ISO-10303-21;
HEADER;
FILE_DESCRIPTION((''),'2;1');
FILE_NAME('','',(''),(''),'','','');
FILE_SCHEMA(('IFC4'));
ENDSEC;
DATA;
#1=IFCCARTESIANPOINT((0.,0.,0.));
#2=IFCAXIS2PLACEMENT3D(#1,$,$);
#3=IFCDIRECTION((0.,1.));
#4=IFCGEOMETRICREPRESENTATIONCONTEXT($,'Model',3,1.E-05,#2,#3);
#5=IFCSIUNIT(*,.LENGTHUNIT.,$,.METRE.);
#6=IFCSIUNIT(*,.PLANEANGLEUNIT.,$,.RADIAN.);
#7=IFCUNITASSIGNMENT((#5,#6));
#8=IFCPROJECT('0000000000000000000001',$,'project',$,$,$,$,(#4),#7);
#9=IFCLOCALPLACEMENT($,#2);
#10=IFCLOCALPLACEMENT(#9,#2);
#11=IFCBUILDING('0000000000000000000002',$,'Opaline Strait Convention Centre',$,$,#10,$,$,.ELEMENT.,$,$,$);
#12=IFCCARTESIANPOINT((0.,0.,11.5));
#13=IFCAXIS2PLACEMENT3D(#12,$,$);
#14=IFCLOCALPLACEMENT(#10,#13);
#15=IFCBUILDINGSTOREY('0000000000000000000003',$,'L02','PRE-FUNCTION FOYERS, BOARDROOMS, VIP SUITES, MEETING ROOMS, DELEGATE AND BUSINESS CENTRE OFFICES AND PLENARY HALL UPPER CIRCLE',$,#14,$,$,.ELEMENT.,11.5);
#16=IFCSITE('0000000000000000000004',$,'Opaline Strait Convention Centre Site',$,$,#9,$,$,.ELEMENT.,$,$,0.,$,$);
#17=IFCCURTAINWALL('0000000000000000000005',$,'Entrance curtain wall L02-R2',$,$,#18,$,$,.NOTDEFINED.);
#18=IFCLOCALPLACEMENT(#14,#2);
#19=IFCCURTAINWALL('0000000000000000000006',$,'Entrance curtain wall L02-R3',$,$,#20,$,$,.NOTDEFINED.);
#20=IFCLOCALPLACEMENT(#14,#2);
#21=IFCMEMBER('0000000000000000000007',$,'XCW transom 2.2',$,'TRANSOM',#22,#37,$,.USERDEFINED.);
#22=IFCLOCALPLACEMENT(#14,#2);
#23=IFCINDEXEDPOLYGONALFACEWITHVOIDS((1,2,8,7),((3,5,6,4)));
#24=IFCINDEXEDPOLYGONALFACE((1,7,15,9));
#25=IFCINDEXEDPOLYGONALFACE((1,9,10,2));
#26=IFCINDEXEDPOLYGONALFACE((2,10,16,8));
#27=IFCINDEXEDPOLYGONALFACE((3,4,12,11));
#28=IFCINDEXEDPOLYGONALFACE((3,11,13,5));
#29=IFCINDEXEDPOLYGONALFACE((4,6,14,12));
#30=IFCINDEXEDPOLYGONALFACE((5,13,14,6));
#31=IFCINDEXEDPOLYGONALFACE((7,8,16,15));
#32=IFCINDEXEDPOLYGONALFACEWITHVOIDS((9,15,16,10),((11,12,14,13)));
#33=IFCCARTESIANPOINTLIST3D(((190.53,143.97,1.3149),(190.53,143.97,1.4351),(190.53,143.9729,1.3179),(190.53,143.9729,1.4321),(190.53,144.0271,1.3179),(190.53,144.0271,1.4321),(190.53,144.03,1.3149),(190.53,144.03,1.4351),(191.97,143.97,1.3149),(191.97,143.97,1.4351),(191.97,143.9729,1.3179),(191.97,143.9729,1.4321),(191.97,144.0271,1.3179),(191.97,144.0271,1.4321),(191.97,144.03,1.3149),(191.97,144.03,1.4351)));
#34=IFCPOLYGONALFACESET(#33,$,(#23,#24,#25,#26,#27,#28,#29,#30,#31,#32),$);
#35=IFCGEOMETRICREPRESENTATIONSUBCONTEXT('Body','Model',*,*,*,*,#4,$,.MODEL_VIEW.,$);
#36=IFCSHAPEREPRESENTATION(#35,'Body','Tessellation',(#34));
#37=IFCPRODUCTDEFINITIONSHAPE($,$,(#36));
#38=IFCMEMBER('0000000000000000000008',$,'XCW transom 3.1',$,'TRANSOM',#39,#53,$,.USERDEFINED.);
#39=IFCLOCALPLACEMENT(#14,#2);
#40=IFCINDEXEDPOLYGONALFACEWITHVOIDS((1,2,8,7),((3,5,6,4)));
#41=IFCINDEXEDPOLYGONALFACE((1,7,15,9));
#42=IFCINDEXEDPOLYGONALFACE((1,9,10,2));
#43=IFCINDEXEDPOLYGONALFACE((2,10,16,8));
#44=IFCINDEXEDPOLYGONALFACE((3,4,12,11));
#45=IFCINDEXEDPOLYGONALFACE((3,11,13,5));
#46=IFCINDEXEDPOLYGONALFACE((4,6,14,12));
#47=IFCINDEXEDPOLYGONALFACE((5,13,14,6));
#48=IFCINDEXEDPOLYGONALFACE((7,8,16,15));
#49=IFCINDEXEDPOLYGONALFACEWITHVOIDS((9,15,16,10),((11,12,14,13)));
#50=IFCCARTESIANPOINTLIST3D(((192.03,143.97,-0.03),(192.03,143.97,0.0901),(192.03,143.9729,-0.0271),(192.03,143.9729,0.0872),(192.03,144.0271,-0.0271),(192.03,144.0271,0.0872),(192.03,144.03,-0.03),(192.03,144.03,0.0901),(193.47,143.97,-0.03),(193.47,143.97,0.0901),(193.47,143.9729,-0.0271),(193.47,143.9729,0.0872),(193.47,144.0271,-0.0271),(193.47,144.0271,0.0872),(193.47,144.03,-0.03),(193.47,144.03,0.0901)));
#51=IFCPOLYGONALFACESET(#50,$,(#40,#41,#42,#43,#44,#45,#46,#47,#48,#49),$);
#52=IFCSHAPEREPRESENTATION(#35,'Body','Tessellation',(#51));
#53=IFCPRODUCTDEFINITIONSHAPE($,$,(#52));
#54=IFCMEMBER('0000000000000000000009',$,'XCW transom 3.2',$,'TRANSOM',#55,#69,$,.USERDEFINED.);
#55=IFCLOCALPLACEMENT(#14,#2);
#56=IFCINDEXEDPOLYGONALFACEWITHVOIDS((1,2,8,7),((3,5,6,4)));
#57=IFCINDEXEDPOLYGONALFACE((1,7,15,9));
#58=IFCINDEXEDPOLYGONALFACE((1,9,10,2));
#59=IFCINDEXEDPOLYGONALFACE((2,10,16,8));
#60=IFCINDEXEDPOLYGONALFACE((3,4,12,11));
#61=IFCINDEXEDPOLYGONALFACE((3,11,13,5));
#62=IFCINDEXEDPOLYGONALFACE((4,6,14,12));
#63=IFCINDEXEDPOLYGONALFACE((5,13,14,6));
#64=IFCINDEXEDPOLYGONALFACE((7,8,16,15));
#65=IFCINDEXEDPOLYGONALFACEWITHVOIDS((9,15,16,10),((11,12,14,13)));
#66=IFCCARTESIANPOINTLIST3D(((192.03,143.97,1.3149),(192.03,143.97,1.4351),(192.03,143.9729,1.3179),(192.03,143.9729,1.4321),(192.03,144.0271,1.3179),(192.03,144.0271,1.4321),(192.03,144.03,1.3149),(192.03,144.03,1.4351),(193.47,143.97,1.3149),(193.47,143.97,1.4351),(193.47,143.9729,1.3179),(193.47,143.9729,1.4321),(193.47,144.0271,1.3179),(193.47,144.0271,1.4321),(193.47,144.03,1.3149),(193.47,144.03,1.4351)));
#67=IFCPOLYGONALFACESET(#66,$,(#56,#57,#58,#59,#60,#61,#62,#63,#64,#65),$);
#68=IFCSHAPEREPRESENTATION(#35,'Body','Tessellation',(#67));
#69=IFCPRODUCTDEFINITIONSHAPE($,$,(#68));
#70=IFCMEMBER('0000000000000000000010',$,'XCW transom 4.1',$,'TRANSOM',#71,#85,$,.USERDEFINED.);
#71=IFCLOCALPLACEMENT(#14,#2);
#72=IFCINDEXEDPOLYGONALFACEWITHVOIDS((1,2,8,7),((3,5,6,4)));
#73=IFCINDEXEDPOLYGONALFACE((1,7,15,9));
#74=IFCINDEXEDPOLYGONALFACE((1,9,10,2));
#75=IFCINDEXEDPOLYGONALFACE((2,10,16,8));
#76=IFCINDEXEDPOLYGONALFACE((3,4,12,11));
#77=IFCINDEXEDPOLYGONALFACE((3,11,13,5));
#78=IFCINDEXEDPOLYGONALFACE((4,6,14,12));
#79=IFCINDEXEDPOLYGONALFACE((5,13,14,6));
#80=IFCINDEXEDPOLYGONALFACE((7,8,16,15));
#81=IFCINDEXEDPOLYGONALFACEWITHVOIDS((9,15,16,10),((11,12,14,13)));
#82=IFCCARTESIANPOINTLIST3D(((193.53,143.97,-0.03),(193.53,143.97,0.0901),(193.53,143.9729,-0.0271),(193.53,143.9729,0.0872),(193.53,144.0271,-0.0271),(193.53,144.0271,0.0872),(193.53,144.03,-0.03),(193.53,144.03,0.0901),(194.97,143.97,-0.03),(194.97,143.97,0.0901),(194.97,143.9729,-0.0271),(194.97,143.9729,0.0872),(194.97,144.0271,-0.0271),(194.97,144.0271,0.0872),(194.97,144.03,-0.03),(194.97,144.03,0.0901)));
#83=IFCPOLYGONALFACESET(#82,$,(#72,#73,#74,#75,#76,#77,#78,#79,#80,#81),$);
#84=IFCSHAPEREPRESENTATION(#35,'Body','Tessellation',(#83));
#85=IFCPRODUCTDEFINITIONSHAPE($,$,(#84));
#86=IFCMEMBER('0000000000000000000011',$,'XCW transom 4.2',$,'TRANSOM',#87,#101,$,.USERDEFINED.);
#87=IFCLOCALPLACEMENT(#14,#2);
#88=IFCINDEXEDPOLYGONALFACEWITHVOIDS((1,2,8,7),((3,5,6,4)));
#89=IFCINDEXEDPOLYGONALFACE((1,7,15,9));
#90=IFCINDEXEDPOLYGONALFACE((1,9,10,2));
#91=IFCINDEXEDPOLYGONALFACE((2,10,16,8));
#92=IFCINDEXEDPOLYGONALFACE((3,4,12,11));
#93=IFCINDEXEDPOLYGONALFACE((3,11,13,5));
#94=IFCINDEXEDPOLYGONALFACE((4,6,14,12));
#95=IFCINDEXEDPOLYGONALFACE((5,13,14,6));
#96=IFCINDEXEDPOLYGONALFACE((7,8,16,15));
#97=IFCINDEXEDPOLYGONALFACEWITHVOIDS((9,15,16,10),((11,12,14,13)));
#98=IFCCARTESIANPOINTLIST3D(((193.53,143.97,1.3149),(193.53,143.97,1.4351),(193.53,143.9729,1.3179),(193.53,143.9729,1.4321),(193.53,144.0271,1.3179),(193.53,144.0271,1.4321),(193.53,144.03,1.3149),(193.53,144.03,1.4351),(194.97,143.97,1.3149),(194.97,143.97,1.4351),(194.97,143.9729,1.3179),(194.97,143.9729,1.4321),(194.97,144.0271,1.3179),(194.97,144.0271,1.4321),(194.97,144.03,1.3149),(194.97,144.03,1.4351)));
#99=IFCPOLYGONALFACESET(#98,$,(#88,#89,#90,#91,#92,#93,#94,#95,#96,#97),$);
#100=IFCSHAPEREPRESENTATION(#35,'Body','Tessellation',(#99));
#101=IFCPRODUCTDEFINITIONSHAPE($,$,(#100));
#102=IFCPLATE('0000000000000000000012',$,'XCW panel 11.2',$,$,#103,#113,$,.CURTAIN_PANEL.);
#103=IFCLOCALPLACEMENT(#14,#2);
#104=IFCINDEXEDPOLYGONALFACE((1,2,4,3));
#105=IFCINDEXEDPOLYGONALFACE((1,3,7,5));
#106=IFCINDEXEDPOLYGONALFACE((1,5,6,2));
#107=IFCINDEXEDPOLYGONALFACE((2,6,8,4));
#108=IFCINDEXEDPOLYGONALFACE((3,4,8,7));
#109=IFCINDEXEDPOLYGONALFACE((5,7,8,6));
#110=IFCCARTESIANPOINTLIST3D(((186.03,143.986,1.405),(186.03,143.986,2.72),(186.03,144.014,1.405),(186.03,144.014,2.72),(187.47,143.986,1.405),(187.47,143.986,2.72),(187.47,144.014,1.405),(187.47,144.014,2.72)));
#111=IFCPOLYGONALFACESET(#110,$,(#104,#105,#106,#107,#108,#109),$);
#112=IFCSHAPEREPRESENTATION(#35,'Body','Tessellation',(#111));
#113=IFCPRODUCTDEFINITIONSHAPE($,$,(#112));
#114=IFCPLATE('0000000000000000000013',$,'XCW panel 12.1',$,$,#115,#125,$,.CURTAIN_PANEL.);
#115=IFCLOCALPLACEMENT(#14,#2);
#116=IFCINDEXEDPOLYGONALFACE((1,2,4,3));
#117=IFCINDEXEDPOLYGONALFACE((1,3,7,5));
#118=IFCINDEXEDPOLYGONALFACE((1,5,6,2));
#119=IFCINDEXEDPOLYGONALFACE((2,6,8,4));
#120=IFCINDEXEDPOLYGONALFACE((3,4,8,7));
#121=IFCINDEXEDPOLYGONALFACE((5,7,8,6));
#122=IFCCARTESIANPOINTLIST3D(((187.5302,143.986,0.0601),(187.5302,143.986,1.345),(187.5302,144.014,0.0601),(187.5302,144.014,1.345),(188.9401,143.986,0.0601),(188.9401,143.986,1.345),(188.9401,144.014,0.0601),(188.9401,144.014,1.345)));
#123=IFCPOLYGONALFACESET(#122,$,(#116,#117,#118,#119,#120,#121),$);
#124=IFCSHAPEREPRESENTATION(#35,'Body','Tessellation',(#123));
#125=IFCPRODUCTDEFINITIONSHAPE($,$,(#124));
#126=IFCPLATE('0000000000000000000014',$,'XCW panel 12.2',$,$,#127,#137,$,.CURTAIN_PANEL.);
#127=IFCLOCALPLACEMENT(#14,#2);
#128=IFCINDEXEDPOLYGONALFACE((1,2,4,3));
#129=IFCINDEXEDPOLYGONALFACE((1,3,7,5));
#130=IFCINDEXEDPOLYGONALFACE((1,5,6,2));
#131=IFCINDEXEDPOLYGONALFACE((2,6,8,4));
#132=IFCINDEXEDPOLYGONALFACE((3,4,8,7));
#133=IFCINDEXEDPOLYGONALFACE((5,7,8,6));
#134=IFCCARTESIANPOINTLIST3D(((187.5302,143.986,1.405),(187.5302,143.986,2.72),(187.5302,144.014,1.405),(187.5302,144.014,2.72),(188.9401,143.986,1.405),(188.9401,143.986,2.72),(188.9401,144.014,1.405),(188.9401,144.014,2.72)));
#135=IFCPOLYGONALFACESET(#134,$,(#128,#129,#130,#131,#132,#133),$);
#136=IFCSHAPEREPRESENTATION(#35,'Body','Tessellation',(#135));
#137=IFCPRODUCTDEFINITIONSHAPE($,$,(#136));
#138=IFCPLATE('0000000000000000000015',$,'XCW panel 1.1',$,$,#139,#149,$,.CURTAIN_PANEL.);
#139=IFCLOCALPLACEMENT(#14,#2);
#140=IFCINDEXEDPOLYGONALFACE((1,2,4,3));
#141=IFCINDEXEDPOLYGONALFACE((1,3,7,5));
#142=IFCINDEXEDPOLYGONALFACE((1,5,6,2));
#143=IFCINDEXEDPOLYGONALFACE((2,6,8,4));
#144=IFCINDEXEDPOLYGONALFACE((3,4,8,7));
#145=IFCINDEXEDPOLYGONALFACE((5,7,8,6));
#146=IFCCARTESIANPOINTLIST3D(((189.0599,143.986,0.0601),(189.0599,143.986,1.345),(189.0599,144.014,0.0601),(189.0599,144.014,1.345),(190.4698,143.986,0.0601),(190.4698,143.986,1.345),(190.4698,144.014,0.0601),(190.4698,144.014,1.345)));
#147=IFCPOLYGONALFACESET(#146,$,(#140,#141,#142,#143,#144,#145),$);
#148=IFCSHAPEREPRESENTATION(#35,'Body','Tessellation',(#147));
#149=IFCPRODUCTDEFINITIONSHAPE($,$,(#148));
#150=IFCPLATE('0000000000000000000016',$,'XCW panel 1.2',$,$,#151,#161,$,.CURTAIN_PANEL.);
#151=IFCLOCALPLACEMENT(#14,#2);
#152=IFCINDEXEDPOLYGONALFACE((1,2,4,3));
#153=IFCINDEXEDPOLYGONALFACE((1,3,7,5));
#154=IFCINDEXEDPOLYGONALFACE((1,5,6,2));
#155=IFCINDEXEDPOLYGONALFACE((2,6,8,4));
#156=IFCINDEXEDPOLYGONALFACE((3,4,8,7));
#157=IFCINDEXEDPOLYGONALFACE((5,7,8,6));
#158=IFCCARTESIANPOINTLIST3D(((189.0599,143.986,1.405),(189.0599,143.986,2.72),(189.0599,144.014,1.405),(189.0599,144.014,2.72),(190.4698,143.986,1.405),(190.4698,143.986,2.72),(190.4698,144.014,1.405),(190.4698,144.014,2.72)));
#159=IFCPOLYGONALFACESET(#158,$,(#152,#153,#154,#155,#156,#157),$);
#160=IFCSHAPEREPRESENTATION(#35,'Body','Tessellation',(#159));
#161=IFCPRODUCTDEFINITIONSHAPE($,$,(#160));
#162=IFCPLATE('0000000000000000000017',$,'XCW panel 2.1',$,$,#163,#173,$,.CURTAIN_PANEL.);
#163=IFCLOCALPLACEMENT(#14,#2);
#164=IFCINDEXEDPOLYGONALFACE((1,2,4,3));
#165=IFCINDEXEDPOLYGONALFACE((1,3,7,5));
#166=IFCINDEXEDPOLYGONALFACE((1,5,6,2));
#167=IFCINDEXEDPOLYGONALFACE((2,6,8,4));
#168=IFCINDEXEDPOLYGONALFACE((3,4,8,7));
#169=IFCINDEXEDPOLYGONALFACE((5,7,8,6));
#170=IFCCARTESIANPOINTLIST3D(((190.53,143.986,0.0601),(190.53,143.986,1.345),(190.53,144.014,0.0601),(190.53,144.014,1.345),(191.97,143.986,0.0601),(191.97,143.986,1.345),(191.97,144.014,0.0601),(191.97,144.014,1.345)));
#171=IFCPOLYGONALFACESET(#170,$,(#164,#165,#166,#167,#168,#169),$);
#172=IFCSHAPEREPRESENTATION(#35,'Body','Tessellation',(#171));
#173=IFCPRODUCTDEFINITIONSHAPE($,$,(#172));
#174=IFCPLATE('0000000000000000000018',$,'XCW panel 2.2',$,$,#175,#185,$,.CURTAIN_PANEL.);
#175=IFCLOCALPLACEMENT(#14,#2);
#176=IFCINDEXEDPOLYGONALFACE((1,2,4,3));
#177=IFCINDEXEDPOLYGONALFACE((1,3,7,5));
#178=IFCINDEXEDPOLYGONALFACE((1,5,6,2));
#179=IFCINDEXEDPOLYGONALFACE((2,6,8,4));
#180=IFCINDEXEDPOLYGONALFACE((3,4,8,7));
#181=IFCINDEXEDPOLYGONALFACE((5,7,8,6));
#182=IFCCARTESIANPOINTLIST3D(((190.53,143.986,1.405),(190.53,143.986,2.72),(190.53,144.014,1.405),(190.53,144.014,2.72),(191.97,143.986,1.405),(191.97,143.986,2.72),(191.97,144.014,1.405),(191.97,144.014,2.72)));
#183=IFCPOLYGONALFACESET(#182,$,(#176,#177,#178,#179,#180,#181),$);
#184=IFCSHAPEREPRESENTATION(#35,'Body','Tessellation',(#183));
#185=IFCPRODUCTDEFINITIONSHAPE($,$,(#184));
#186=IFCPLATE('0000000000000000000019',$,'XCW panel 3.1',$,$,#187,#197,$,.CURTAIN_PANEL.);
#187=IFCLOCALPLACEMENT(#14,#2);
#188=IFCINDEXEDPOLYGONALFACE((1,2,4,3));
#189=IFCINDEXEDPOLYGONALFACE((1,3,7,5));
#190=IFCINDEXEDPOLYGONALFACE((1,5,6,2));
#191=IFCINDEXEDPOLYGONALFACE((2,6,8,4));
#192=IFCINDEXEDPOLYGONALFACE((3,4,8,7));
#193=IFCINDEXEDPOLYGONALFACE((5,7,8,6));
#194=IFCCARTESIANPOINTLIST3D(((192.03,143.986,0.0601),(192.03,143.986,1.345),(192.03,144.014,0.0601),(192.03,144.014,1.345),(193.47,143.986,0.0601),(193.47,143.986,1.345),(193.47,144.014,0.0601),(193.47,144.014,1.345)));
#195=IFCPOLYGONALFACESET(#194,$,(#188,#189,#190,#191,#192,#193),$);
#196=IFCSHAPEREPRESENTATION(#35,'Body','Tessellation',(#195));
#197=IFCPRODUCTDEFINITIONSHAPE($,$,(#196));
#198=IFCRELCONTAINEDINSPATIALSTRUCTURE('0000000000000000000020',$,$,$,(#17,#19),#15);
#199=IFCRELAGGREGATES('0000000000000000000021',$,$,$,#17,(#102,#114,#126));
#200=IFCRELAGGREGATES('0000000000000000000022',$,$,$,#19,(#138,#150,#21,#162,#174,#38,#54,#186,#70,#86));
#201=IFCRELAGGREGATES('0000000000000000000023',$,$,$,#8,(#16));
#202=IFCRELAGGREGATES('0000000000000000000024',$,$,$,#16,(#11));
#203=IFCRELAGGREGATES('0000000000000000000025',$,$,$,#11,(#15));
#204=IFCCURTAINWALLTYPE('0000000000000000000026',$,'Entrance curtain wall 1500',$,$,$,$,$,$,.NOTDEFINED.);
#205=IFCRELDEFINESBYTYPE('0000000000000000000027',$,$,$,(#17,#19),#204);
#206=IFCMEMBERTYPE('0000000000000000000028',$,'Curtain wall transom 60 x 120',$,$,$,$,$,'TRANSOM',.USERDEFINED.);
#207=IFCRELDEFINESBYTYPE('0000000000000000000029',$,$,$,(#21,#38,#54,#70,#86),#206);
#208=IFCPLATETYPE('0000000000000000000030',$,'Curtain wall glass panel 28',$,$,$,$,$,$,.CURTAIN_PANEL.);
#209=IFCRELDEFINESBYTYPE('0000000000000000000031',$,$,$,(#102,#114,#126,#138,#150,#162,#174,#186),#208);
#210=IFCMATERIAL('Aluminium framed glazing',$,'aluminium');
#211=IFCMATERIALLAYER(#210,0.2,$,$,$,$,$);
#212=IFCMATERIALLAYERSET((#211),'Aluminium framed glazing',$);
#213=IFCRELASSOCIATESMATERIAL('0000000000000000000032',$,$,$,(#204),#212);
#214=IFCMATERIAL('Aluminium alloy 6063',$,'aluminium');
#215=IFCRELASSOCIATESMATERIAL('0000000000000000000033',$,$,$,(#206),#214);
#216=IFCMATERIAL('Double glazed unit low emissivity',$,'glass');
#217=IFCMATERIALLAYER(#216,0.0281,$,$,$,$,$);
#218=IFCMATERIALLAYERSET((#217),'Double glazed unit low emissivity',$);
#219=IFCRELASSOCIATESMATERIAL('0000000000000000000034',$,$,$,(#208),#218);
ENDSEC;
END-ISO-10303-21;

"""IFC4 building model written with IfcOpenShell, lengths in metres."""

from ifc_helpers import new_model, si_unit, direction, frame, origin, origin_2d, place, context, subcontext, project, spatial, rectangle, hollow_rectangle, extrude, material, layer, layer_set, material_profile, profile_set, type_object, element, aggregate, save


model = new_model("IFC4")

# Units and contexts
model_context = context("Model", 3, precision=1e-05, world=origin(), true_north=direction((0.0, 1.0)))
body_context = subcontext(model_context, "Body", "Model", "MODEL_VIEW")
ifc_project = project(units=[si_unit("LENGTHUNIT", "METRE"), si_unit("PLANEANGLEUNIT", "RADIAN")], contexts=[model_context])

# Site, building, storey
site_placement = place(None, origin())
site = spatial("IfcSite", under=ifc_project, at=site_placement, Name="Opaline Strait Convention Centre Site", CompositionType="ELEMENT", RefElevation=0.0)
building_placement = place(site_placement, origin())
building = spatial("IfcBuilding", under=site, at=building_placement, Name="Opaline Strait Convention Centre", CompositionType="ELEMENT")
storey_placement = place(building_placement, frame((0.0, 0.0, 11.5)))
storey = spatial("IfcBuildingStorey", under=building, at=storey_placement, Name="L02", Description="PRE-FUNCTION FOYERS, BOARDROOMS, VIP SUITES, MEETING ROOMS, DELEGATE AND BUSINESS CENTRE OFFICES AND PLENARY HALL UPPER CIRCLE", CompositionType="ELEMENT", Elevation=11.5)

# Curtain walls
ifc_material_1 = material(Name="Aluminium framed glazing", Category="aluminium")
ifc_layer_1 = layer(ifc_material_1, 0.2)
ifc_layer_set_1 = layer_set([ifc_layer_1], Name="Aluminium framed glazing")
curtain_wall_type = type_object("IfcCurtainWallType", Name="Entrance curtain wall 1500", PredefinedType="NOTDEFINED", material=ifc_layer_set_1)
curtain_wall_1_placement = place(storey_placement, origin())
curtain_wall_1 = element("IfcCurtainWall", 1, at=curtain_wall_1_placement, inside=storey, type_object=curtain_wall_type, Name="Entrance curtain wall L02-R2", PredefinedType="NOTDEFINED")
ifc_material_2 = material(Name="Aluminium alloy 6063", Category="aluminium")
curtain_wall_2_placement = place(storey_placement, origin())
curtain_wall_2 = element("IfcCurtainWall", 2, at=curtain_wall_2_placement, inside=storey, type_object=curtain_wall_type, Name="Entrance curtain wall L02-R3", PredefinedType="NOTDEFINED")

# Members
ifc_material_profile_1 = material_profile(ifc_material_2, hollow_rectangle(XDim=0.0601, YDim=0.1201, WallThickness=0.0029, at=origin_2d()), Name="TRANSOM 60x120x3")
ifc_profile_set_1 = profile_set([ifc_material_profile_1], Name="Aluminium alloy 6063")
member_type_1 = type_object("IfcMemberType", Name="Curtain wall transom 60 x 120", ElementType="TRANSOM", PredefinedType="USERDEFINED", material=ifc_profile_set_1)
member_1_placement = place(storey_placement, frame((190.53, 144.0, 1.375), z_axis=(1.0, 0.0, 0.0), x_axis=(0.0, 1.0, 0.0)))
member_1 = element("IfcMember", 3, at=member_1_placement, type_object=member_type_1, Name="XCW transom 2.2", ObjectType="TRANSOM", PredefinedType="USERDEFINED", context=body_context, shape_type="SweptSolid", body=[
    extrude(hollow_rectangle(XDim=0.0601, YDim=0.1201, WallThickness=0.0029, at=origin_2d()), origin(), (0.0, 0.0, 1.0), 1.4399),
])
member_2_placement = place(storey_placement, frame((192.03, 144.0, 0.03), z_axis=(1.0, 0.0, 0.0), x_axis=(0.0, 1.0, 0.0)))
member_2 = element("IfcMember", 4, at=member_2_placement, type_object=member_type_1, Name="XCW transom 3.1", ObjectType="TRANSOM", PredefinedType="USERDEFINED", context=body_context, shape_type="SweptSolid", body=[
    extrude(hollow_rectangle(XDim=0.0601, YDim=0.1201, WallThickness=0.0029, at=origin_2d()), origin(), (0.0, 0.0, 1.0), 1.4399),
])
member_3_placement = place(storey_placement, frame((192.03, 144.0, 1.375), z_axis=(1.0, 0.0, 0.0), x_axis=(0.0, 1.0, 0.0)))
member_3 = element("IfcMember", 5, at=member_3_placement, type_object=member_type_1, Name="XCW transom 3.2", ObjectType="TRANSOM", PredefinedType="USERDEFINED", context=body_context, shape_type="SweptSolid", body=[
    extrude(hollow_rectangle(XDim=0.0601, YDim=0.1201, WallThickness=0.0029, at=origin_2d()), origin(), (0.0, 0.0, 1.0), 1.4399),
])
member_4_placement = place(storey_placement, frame((193.53, 144.0, 0.03), z_axis=(1.0, 0.0, 0.0), x_axis=(0.0, 1.0, 0.0)))
member_4 = element("IfcMember", 6, at=member_4_placement, type_object=member_type_1, Name="XCW transom 4.1", ObjectType="TRANSOM", PredefinedType="USERDEFINED", context=body_context, shape_type="SweptSolid", body=[
    extrude(hollow_rectangle(XDim=0.0601, YDim=0.1201, WallThickness=0.0029, at=origin_2d()), origin(), (0.0, 0.0, 1.0), 1.4399),
])
member_5_placement = place(storey_placement, frame((193.53, 144.0, 1.375), z_axis=(1.0, 0.0, 0.0), x_axis=(0.0, 1.0, 0.0)))
member_5 = element("IfcMember", 7, at=member_5_placement, type_object=member_type_1, Name="XCW transom 4.2", ObjectType="TRANSOM", PredefinedType="USERDEFINED", context=body_context, shape_type="SweptSolid", body=[
    extrude(hollow_rectangle(XDim=0.0601, YDim=0.1201, WallThickness=0.0029, at=origin_2d()), origin(), (0.0, 0.0, 1.0), 1.4399),
])

# Plates
ifc_material_3 = material(Name="Double glazed unit low emissivity", Category="glass")
ifc_layer_2 = layer(ifc_material_3, 0.0281)
ifc_layer_set_2 = layer_set([ifc_layer_2], Name="Double glazed unit low emissivity")
plate_type = type_object("IfcPlateType", Name="Curtain wall glass panel 28", PredefinedType="CURTAIN_PANEL", material=ifc_layer_set_2)
plate_1_placement = place(storey_placement, frame((186.75, 144.0, 1.405), z_axis=(0.0, 0.0, 1.0), x_axis=(1.0, 0.0, 0.0)))
plate_1 = element("IfcPlate", 8, at=plate_1_placement, type_object=plate_type, Name="XCW panel 11.2", PredefinedType="CURTAIN_PANEL", context=body_context, shape_type="SweptSolid", body=[
    extrude(rectangle(XDim=1.4399, YDim=0.0281, at=origin_2d()), origin(), (0.0, 0.0, 1.0), 1.3149),
])
plate_2_placement = place(storey_placement, frame((188.2351, 144.0, 0.0601), z_axis=(0.0, 0.0, 1.0), x_axis=(1.0, 0.0, 0.0)))
plate_2 = element("IfcPlate", 9, at=plate_2_placement, type_object=plate_type, Name="XCW panel 12.1", PredefinedType="CURTAIN_PANEL", context=body_context, shape_type="SweptSolid", body=[
    extrude(rectangle(XDim=1.4099, YDim=0.0281, at=origin_2d()), origin(), (0.0, 0.0, 1.0), 1.2849),
])
plate_3_placement = place(storey_placement, frame((188.2351, 144.0, 1.405), z_axis=(0.0, 0.0, 1.0), x_axis=(1.0, 0.0, 0.0)))
plate_3 = element("IfcPlate", 10, at=plate_3_placement, type_object=plate_type, Name="XCW panel 12.2", PredefinedType="CURTAIN_PANEL", context=body_context, shape_type="SweptSolid", body=[
    extrude(rectangle(XDim=1.4099, YDim=0.0281, at=origin_2d()), origin(), (0.0, 0.0, 1.0), 1.3149),
])
aggregate(curtain_wall_1, [plate_1, plate_2, plate_3])
plate_4_placement = place(storey_placement, frame((189.7649, 144.0, 0.0601), z_axis=(0.0, 0.0, 1.0), x_axis=(1.0, 0.0, 0.0)))
plate_4 = element("IfcPlate", 11, at=plate_4_placement, type_object=plate_type, Name="XCW panel 1.1", PredefinedType="CURTAIN_PANEL", context=body_context, shape_type="SweptSolid", body=[
    extrude(rectangle(XDim=1.4099, YDim=0.0281, at=origin_2d()), origin(), (0.0, 0.0, 1.0), 1.2849),
])
plate_5_placement = place(storey_placement, frame((189.7649, 144.0, 1.405), z_axis=(0.0, 0.0, 1.0), x_axis=(1.0, 0.0, 0.0)))
plate_5 = element("IfcPlate", 12, at=plate_5_placement, type_object=plate_type, Name="XCW panel 1.2", PredefinedType="CURTAIN_PANEL", context=body_context, shape_type="SweptSolid", body=[
    extrude(rectangle(XDim=1.4099, YDim=0.0281, at=origin_2d()), origin(), (0.0, 0.0, 1.0), 1.3149),
])
plate_6_placement = place(storey_placement, frame((191.25, 144.0, 0.0601), z_axis=(0.0, 0.0, 1.0), x_axis=(1.0, 0.0, 0.0)))
plate_6 = element("IfcPlate", 13, at=plate_6_placement, type_object=plate_type, Name="XCW panel 2.1", PredefinedType="CURTAIN_PANEL", context=body_context, shape_type="SweptSolid", body=[
    extrude(rectangle(XDim=1.4399, YDim=0.0281, at=origin_2d()), origin(), (0.0, 0.0, 1.0), 1.2849),
])
plate_7_placement = place(storey_placement, frame((191.25, 144.0, 1.405), z_axis=(0.0, 0.0, 1.0), x_axis=(1.0, 0.0, 0.0)))
plate_7 = element("IfcPlate", 14, at=plate_7_placement, type_object=plate_type, Name="XCW panel 2.2", PredefinedType="CURTAIN_PANEL", context=body_context, shape_type="SweptSolid", body=[
    extrude(rectangle(XDim=1.4399, YDim=0.0281, at=origin_2d()), origin(), (0.0, 0.0, 1.0), 1.3149),
])
plate_8_placement = place(storey_placement, frame((192.75, 144.0, 0.0601), z_axis=(0.0, 0.0, 1.0), x_axis=(1.0, 0.0, 0.0)))
plate_8 = element("IfcPlate", 15, at=plate_8_placement, type_object=plate_type, Name="XCW panel 3.1", PredefinedType="CURTAIN_PANEL", context=body_context, shape_type="SweptSolid", body=[
    extrude(rectangle(XDim=1.4399, YDim=0.0281, at=origin_2d()), origin(), (0.0, 0.0, 1.0), 1.2849),
])
aggregate(curtain_wall_2, [plate_4, plate_5, member_1, plate_6, plate_7, member_2, member_3, plate_8, member_4, member_5])

save(model, "model.ifc")
